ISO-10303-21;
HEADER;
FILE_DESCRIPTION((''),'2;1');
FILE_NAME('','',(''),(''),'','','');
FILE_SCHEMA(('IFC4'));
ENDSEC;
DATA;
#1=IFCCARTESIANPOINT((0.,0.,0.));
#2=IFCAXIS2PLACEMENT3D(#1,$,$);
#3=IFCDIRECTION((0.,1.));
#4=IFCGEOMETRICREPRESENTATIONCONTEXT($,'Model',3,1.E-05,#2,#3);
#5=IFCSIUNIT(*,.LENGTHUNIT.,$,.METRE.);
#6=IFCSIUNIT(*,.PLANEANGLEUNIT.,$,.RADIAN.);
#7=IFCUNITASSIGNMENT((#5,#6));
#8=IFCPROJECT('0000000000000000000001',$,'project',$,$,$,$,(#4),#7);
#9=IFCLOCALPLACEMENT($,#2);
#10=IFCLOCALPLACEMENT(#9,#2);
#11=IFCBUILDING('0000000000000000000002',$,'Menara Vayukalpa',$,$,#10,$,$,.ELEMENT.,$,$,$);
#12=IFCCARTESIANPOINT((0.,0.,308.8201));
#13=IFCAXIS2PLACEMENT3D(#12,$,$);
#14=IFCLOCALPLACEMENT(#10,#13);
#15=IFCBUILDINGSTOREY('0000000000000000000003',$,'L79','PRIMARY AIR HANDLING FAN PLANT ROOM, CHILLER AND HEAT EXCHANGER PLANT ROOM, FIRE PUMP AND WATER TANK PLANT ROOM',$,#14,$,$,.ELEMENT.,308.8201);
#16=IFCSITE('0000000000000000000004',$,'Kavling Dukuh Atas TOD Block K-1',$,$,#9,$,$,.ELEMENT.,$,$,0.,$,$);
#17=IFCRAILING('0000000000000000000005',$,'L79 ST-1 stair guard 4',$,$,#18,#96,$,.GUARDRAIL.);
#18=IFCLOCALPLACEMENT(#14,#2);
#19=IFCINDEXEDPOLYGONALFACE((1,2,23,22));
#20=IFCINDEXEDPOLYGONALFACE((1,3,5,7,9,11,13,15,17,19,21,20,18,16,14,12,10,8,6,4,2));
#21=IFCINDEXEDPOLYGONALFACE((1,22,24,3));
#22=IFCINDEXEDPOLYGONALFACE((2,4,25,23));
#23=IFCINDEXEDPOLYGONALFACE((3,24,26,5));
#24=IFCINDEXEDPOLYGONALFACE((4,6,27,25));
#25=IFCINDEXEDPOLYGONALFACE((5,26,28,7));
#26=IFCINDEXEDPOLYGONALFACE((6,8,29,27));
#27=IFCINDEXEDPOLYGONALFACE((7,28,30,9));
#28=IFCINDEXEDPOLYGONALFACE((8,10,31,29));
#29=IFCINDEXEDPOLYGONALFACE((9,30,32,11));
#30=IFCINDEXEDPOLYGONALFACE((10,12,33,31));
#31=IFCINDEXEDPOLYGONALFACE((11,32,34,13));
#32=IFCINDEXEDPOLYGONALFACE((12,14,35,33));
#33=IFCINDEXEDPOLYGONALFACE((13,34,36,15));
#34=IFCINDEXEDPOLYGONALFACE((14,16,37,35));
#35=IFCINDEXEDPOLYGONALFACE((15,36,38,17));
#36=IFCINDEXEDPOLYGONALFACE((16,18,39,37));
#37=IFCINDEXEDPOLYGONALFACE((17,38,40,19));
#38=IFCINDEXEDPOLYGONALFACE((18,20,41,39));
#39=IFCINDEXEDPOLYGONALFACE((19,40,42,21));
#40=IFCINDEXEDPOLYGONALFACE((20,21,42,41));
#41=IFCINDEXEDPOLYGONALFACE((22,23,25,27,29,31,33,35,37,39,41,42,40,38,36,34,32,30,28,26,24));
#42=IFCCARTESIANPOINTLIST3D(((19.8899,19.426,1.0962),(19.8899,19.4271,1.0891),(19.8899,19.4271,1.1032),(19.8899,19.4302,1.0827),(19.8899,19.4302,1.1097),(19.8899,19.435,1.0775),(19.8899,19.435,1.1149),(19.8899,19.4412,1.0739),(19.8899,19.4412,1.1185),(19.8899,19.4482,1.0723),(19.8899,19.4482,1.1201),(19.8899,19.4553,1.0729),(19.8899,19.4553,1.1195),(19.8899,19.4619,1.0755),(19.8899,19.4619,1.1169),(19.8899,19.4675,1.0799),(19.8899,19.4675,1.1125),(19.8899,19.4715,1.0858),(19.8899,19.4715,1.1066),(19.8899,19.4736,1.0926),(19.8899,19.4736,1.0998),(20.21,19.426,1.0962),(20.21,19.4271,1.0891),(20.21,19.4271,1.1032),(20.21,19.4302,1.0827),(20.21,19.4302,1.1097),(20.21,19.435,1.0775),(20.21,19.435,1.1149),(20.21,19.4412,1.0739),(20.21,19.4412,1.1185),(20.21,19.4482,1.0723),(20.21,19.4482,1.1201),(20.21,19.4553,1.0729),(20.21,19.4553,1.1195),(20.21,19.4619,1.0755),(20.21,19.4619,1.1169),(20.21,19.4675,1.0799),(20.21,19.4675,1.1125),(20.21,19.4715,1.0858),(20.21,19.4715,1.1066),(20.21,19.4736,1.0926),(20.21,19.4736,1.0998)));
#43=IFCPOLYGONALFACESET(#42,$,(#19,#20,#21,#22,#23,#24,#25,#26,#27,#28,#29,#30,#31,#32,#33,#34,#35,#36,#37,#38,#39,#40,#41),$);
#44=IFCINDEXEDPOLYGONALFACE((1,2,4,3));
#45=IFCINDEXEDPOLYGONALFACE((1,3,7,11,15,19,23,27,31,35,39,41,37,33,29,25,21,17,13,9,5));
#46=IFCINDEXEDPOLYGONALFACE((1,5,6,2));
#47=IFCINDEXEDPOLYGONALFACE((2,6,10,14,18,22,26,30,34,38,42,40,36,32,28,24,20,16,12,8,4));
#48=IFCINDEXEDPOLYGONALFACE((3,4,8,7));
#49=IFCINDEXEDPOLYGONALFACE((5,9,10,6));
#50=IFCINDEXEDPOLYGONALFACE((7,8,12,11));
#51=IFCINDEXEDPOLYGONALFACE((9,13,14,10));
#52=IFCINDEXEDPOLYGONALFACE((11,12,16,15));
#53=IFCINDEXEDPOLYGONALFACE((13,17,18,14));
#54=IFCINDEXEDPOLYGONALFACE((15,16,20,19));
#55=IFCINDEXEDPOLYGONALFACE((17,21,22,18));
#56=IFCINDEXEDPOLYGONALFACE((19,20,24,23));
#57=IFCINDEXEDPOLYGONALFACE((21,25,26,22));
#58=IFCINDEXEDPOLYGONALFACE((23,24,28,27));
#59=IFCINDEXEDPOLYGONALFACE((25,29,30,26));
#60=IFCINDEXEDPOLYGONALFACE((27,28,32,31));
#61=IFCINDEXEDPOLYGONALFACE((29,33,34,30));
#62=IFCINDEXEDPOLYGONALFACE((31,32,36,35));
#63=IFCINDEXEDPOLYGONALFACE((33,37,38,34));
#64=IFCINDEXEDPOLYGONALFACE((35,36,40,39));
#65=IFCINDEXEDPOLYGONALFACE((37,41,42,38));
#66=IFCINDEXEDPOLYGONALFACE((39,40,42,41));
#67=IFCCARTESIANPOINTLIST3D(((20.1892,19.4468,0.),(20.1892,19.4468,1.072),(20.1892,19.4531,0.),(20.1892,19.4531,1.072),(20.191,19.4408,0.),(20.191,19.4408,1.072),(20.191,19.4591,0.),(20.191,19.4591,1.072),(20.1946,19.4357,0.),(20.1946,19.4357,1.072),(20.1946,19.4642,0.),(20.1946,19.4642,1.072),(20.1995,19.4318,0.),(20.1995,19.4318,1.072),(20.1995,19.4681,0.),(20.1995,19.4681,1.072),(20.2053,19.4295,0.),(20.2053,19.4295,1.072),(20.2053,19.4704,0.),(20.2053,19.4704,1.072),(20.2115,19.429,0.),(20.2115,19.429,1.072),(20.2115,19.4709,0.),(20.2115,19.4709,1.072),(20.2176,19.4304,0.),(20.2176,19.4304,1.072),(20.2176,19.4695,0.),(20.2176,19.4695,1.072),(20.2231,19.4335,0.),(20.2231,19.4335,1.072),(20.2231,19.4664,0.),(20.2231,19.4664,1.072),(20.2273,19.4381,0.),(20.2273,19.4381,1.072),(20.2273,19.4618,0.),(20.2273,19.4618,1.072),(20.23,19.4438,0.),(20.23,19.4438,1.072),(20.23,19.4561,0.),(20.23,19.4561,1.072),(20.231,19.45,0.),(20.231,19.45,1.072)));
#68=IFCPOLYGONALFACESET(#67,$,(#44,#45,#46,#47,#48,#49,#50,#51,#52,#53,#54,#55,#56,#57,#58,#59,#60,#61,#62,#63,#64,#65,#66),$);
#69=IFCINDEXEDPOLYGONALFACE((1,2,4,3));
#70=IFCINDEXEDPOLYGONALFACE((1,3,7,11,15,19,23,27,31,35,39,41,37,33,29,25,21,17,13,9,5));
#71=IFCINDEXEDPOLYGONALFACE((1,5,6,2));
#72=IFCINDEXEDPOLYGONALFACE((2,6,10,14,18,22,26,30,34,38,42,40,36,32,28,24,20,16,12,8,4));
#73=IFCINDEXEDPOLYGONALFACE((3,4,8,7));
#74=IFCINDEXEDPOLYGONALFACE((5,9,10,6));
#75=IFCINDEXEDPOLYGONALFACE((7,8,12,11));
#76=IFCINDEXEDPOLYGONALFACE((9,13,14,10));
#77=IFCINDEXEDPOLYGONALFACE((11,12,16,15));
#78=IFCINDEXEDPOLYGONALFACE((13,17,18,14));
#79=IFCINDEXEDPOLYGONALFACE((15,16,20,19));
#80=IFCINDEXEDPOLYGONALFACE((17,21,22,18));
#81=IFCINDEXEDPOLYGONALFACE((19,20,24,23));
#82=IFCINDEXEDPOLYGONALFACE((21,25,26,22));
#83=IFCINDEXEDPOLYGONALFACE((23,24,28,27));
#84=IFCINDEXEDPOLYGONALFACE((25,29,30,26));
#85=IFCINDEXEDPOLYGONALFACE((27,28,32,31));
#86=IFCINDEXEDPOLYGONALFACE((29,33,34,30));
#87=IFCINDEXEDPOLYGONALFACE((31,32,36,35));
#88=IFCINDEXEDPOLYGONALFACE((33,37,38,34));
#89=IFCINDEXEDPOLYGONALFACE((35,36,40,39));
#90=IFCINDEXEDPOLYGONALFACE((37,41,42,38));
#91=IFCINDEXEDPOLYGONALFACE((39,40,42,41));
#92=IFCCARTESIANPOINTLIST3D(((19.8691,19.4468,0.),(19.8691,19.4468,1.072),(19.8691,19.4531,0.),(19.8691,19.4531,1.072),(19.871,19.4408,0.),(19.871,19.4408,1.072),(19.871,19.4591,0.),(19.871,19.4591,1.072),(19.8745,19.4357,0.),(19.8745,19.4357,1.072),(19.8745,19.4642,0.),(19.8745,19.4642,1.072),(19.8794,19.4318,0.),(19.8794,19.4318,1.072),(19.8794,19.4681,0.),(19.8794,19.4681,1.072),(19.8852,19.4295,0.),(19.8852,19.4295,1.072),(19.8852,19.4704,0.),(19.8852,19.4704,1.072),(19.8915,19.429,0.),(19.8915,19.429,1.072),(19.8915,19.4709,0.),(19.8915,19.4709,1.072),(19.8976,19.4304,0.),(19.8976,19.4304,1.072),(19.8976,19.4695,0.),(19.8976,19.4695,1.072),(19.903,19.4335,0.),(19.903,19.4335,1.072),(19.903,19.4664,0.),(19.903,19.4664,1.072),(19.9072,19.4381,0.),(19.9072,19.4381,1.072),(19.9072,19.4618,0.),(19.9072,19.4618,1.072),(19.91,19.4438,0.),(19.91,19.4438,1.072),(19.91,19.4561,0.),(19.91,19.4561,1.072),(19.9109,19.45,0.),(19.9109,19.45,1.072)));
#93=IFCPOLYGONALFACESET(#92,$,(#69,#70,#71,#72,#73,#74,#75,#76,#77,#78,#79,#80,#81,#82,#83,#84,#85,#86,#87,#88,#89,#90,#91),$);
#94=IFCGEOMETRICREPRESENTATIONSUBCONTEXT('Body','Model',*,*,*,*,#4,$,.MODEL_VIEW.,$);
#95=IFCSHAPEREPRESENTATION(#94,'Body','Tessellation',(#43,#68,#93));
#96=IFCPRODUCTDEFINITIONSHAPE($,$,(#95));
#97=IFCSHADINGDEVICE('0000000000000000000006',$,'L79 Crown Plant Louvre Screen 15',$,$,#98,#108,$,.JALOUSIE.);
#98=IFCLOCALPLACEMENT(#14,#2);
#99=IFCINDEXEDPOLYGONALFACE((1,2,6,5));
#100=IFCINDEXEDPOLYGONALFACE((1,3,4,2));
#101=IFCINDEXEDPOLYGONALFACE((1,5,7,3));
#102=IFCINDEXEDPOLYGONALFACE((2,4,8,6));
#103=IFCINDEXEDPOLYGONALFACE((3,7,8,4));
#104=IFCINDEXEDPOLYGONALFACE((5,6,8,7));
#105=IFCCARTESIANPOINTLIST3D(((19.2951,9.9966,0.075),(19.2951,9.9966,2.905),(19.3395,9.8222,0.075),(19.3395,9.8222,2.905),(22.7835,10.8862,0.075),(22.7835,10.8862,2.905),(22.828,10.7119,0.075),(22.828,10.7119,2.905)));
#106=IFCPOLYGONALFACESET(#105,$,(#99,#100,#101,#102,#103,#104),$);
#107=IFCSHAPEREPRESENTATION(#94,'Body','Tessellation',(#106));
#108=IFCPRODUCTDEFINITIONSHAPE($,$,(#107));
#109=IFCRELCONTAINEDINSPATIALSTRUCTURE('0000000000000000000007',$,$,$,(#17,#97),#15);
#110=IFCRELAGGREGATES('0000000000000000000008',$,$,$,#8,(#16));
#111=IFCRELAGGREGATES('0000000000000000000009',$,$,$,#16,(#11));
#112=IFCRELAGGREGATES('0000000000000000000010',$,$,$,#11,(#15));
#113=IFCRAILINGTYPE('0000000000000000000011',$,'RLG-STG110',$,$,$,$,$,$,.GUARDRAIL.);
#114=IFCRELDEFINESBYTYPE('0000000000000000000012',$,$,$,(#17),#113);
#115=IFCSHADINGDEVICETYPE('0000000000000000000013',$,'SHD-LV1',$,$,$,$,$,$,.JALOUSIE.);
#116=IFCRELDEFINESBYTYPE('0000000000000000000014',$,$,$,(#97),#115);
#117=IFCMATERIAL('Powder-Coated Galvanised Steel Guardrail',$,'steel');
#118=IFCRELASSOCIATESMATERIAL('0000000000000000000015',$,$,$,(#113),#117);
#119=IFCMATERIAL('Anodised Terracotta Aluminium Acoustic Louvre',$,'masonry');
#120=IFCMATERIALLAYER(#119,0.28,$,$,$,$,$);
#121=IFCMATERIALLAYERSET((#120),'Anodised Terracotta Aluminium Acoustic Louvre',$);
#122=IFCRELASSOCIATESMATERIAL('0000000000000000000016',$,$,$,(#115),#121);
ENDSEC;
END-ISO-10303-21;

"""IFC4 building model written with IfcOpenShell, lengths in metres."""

from ifc_helpers import new_model, si_unit, direction, frame, origin, origin_2d, place, context, subcontext, project, spatial, rectangle, circle, extrude, material, layer, layer_set, type_object, element, save


model = new_model("IFC4")

# Units and contexts
model_context = context("Model", 3, precision=1e-05, world=origin(), true_north=direction((0.0, 1.0)))
body_context = subcontext(model_context, "Body", "Model", "MODEL_VIEW")
ifc_project = project(units=[si_unit("LENGTHUNIT", "METRE"), si_unit("PLANEANGLEUNIT", "RADIAN")], contexts=[model_context])

# Site, building, storey
site_placement = place(None, origin())
site = spatial("IfcSite", under=ifc_project, at=site_placement, Name="Kavling Dukuh Atas TOD Block K-1", CompositionType="ELEMENT", RefElevation=0.0)
building_placement = place(site_placement, origin())
building = spatial("IfcBuilding", under=site, at=building_placement, Name="Menara Vayukalpa", CompositionType="ELEMENT")
storey_placement = place(building_placement, frame((0.0, 0.0, 308.8201)))
storey = spatial("IfcBuildingStorey", under=building, at=storey_placement, Name="L79", Description="PRIMARY AIR HANDLING FAN PLANT ROOM, CHILLER AND HEAT EXCHANGER PLANT ROOM, FIRE PUMP AND WATER TANK PLANT ROOM", CompositionType="ELEMENT", Elevation=308.8201)

# Railing
ifc_material_1 = material(Name="Powder-Coated Galvanised Steel Guardrail", Category="steel")
railing_type = type_object("IfcRailingType", Name="RLG-STG110", PredefinedType="GUARDRAIL", material=ifc_material_1)
railing_1_placement = place(storey_placement, frame((20.21, 19.45, 0.0)))
element("IfcRailing", 1, at=railing_1_placement, inside=storey, type_object=railing_type, Name="L79 ST-1 stair guard 4", PredefinedType="GUARDRAIL", context=body_context, shape_type="SweptSolid", body=[
    extrude(circle(Radius=0.0239, at=origin_2d()), frame((0.0, 0.0, 1.0962), z_axis=(-1.0, 0.0, 0.0), x_axis=(0.0, -1.0, 0.0)), (0.0, 0.0, 1.0), 0.3201),
    extrude(circle(Radius=0.021, at=origin_2d()), origin(), (0.0, 0.0, 1.0), 1.072),
    extrude(circle(Radius=0.021, at=origin_2d()), frame((-0.3201, 0.0, 0.0)), (0.0, 0.0, 1.0), 1.072),
])

# Shading device
ifc_material_2 = material(Name="Anodised Terracotta Aluminium Acoustic Louvre", Category="masonry")
ifc_layer_1 = layer(ifc_material_2, 0.28)
ifc_layer_set_1 = layer_set([ifc_layer_1], Name="Anodised Terracotta Aluminium Acoustic Louvre")
shading_device_type = type_object("IfcShadingDeviceType", Name="SHD-LV1", PredefinedType="JALOUSIE", material=ifc_layer_set_1)
shading_device_placement = place(storey_placement, frame((21.0615, 10.3542, 0.075), z_axis=(0.0, 0.0, 1.0), x_axis=(0.968986, 0.247117, 0.0)))
element("IfcShadingDevice", 2, at=shading_device_placement, inside=storey, type_object=shading_device_type, Name="L79 Crown Plant Louvre Screen 15", PredefinedType="JALOUSIE", context=body_context, shape_type="SweptSolid", body=[
    extrude(rectangle(XDim=3.6001, YDim=0.1799, at=origin_2d()), origin(), (0.0, 0.0, 1.0), 2.8301),
])

save(model, "model.ifc")
